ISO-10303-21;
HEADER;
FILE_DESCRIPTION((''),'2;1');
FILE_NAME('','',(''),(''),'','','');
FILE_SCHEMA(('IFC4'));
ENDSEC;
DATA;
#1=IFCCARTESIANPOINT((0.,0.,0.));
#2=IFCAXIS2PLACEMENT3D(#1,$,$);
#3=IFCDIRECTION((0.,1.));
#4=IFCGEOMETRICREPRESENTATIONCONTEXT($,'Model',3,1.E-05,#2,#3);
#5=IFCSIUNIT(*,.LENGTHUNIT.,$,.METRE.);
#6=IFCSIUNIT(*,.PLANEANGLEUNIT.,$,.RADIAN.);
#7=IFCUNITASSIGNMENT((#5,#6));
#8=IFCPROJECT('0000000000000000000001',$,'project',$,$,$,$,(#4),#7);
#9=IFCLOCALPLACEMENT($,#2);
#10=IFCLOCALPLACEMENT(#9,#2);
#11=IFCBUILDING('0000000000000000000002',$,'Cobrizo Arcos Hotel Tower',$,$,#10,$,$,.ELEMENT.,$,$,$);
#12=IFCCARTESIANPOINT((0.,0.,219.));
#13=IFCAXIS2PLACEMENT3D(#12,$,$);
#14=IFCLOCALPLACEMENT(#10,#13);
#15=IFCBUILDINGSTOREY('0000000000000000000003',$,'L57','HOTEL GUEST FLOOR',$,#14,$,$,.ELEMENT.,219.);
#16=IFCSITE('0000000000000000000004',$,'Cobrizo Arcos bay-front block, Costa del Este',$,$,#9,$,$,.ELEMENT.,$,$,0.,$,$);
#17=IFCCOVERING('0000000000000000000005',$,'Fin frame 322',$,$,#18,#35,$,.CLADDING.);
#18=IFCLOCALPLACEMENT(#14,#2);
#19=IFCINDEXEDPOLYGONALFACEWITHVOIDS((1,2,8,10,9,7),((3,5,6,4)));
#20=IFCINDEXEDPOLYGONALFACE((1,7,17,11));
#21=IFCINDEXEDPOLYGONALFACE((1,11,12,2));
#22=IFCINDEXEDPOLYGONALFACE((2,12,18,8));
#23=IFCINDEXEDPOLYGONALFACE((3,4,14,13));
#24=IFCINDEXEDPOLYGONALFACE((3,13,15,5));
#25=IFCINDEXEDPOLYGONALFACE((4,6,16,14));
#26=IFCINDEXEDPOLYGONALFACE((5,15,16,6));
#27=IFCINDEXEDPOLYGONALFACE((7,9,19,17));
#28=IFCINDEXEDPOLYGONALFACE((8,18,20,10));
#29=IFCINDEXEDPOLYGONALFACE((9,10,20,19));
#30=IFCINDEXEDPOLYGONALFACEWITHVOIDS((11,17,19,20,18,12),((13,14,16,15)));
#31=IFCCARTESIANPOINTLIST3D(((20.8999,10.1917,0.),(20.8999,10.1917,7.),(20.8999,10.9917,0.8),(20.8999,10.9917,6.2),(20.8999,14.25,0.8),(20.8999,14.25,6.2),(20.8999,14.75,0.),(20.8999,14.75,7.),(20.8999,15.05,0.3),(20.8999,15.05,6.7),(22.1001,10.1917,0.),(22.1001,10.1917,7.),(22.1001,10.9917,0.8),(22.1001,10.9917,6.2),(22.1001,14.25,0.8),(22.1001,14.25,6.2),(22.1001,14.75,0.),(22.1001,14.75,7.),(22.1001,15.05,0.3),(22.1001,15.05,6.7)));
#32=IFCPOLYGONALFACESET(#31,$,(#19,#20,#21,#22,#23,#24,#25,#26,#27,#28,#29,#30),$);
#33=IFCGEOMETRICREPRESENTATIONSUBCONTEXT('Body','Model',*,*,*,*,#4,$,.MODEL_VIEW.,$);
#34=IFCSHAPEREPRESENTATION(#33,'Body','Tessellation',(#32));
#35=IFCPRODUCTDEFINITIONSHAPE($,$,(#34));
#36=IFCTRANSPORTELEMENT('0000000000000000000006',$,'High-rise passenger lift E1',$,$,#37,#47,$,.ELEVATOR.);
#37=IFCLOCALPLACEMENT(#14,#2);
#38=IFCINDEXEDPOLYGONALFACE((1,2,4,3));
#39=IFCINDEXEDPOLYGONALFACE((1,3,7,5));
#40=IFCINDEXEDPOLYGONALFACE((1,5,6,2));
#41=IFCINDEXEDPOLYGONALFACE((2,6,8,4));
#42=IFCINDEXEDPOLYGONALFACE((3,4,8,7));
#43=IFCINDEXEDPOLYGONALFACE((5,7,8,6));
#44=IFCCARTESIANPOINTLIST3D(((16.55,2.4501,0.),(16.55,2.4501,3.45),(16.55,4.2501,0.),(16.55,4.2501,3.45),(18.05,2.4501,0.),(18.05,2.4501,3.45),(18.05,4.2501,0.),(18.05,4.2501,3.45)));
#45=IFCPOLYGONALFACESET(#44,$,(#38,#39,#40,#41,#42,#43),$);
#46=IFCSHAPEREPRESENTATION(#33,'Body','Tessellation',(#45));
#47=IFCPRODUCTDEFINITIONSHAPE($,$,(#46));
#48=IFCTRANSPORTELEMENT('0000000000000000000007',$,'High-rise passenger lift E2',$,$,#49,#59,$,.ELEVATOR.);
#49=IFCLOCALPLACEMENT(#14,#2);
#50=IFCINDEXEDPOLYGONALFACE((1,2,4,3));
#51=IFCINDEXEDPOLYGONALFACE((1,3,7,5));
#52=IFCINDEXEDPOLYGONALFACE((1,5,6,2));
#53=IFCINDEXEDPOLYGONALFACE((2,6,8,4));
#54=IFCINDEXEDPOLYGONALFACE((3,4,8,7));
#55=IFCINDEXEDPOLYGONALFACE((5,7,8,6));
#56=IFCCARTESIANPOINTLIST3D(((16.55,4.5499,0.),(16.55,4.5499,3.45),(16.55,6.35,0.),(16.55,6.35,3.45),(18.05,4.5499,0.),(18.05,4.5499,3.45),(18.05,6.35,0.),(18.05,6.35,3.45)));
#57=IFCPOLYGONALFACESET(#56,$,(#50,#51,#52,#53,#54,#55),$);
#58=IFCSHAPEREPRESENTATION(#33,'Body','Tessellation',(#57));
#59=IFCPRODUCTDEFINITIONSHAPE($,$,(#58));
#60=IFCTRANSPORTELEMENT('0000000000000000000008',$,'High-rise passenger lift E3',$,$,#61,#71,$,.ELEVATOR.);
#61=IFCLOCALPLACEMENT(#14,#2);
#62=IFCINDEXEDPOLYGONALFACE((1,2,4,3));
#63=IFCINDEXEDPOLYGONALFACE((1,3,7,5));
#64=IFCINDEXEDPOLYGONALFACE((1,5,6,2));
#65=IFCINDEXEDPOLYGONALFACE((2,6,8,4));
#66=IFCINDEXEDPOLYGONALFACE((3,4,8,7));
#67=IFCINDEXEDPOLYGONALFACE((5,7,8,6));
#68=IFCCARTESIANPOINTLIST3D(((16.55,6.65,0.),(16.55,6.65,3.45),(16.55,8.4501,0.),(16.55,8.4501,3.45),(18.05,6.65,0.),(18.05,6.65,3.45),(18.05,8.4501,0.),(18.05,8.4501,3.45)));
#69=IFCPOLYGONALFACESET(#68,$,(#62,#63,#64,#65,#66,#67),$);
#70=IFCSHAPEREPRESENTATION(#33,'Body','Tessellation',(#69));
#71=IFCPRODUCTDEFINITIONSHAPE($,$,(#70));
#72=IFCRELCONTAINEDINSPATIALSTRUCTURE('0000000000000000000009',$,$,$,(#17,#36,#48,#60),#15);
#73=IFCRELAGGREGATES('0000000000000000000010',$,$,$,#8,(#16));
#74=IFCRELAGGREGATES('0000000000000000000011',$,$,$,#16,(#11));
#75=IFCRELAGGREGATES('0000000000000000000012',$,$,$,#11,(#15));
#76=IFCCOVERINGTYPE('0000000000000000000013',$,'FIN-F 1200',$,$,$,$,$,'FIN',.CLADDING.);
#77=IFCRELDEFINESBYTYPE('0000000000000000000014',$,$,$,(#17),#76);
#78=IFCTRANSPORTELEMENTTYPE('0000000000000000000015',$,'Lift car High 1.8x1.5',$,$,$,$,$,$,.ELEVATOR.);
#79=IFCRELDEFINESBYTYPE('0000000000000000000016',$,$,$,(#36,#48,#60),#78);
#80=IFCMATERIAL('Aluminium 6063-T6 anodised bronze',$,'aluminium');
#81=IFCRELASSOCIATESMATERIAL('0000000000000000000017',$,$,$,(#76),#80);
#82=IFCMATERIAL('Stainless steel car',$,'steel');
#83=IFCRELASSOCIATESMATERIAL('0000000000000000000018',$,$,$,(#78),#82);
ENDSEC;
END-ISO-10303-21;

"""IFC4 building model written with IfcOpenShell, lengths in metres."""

from ifc_helpers import new_model, si_unit, direction, frame, origin, origin_2d, place, context, subcontext, project, spatial, polyline, rectangle, outline, extrude, material, type_object, element, save


model = new_model("IFC4")

# Units and contexts
model_context = context("Model", 3, precision=1e-05, world=origin(), true_north=direction((0.0, 1.0)))
body_context = subcontext(model_context, "Body", "Model", "MODEL_VIEW")
ifc_project = project(units=[si_unit("LENGTHUNIT", "METRE"), si_unit("PLANEANGLEUNIT", "RADIAN")], contexts=[model_context])

# Site, building, storey
site_placement = place(None, origin())
site = spatial("IfcSite", under=ifc_project, at=site_placement, Name="Cobrizo Arcos bay-front block, Costa del Este", CompositionType="ELEMENT", RefElevation=0.0)
building_placement = place(site_placement, origin())
building = spatial("IfcBuilding", under=site, at=building_placement, Name="Cobrizo Arcos Hotel Tower", CompositionType="ELEMENT")
storey_placement = place(building_placement, frame((0.0, 0.0, 219.0)))
storey = spatial("IfcBuildingStorey", under=building, at=storey_placement, Name="L57", Description="HOTEL GUEST FLOOR", CompositionType="ELEMENT", Elevation=219.0)

# Shared definitions
ifc_material_1 = material(Name="Aluminium 6063-T6 anodised bronze", Category="aluminium")

# Covering
covering_type = type_object("IfcCoveringType", Name="FIN-F 1200", ElementType="FIN", PredefinedType="CLADDING", material=ifc_material_1)
covering_placement = place(storey_placement, frame((20.8999, 10.1917, 0.0), z_axis=(1.0, 0.0, 0.0), x_axis=(0.0, 1.0, 0.0)))
element("IfcCovering", 1, at=covering_placement, inside=storey, type_object=covering_type, Name="Fin frame 322", PredefinedType="CLADDING", context=body_context, shape_type="SweptSolid", body=[
    extrude(outline(polyline([(0.0, 7.0), (0.0, 0.0), (4.5583, 0.0), (4.8584, 0.3), (4.8584, 6.7), (4.5583, 7.0), (0.0, 7.0)]), holes=[polyline([(4.0583, 0.8), (0.8, 0.8), (0.8, 6.2), (4.0583, 6.2), (4.0583, 0.8)])]), origin(), (0.0, 0.0, 1.0), 1.2002),
])

# Transport elements
ifc_material_2 = material(Name="Stainless steel car", Category="steel")
transport_element_type = type_object("IfcTransportElementType", Name="Lift car High 1.8x1.5", PredefinedType="ELEVATOR", material=ifc_material_2)
for number, where, z_axis, x_axis, name in (
    (2, (17.3, 3.3501, 0.0), (0.0, 0.0, 1.0), (1.0, 0.0, 0.0), "High-rise passenger lift E1"),
    (3, (17.3, 5.45, 0.0), (0.0, 0.0, 1.0), (1.0, 0.0, 0.0), "High-rise passenger lift E2"),
    (4, (17.3, 7.55, 0.0), (0.0, 0.0, 1.0), (1.0, 0.0, 0.0), "High-rise passenger lift E3"),
):
    element("IfcTransportElement", number, at=place(storey_placement, frame(where, z_axis=z_axis, x_axis=x_axis)), inside=storey, type_object=transport_element_type, Name=name, PredefinedType="ELEVATOR", context=body_context, shape_type="SweptSolid", body=[
        extrude(rectangle(XDim=1.5, YDim=1.8, at=origin_2d()), origin(), (0.0, 0.0, 1.0), 3.45),
    ])

save(model, "model.ifc")
